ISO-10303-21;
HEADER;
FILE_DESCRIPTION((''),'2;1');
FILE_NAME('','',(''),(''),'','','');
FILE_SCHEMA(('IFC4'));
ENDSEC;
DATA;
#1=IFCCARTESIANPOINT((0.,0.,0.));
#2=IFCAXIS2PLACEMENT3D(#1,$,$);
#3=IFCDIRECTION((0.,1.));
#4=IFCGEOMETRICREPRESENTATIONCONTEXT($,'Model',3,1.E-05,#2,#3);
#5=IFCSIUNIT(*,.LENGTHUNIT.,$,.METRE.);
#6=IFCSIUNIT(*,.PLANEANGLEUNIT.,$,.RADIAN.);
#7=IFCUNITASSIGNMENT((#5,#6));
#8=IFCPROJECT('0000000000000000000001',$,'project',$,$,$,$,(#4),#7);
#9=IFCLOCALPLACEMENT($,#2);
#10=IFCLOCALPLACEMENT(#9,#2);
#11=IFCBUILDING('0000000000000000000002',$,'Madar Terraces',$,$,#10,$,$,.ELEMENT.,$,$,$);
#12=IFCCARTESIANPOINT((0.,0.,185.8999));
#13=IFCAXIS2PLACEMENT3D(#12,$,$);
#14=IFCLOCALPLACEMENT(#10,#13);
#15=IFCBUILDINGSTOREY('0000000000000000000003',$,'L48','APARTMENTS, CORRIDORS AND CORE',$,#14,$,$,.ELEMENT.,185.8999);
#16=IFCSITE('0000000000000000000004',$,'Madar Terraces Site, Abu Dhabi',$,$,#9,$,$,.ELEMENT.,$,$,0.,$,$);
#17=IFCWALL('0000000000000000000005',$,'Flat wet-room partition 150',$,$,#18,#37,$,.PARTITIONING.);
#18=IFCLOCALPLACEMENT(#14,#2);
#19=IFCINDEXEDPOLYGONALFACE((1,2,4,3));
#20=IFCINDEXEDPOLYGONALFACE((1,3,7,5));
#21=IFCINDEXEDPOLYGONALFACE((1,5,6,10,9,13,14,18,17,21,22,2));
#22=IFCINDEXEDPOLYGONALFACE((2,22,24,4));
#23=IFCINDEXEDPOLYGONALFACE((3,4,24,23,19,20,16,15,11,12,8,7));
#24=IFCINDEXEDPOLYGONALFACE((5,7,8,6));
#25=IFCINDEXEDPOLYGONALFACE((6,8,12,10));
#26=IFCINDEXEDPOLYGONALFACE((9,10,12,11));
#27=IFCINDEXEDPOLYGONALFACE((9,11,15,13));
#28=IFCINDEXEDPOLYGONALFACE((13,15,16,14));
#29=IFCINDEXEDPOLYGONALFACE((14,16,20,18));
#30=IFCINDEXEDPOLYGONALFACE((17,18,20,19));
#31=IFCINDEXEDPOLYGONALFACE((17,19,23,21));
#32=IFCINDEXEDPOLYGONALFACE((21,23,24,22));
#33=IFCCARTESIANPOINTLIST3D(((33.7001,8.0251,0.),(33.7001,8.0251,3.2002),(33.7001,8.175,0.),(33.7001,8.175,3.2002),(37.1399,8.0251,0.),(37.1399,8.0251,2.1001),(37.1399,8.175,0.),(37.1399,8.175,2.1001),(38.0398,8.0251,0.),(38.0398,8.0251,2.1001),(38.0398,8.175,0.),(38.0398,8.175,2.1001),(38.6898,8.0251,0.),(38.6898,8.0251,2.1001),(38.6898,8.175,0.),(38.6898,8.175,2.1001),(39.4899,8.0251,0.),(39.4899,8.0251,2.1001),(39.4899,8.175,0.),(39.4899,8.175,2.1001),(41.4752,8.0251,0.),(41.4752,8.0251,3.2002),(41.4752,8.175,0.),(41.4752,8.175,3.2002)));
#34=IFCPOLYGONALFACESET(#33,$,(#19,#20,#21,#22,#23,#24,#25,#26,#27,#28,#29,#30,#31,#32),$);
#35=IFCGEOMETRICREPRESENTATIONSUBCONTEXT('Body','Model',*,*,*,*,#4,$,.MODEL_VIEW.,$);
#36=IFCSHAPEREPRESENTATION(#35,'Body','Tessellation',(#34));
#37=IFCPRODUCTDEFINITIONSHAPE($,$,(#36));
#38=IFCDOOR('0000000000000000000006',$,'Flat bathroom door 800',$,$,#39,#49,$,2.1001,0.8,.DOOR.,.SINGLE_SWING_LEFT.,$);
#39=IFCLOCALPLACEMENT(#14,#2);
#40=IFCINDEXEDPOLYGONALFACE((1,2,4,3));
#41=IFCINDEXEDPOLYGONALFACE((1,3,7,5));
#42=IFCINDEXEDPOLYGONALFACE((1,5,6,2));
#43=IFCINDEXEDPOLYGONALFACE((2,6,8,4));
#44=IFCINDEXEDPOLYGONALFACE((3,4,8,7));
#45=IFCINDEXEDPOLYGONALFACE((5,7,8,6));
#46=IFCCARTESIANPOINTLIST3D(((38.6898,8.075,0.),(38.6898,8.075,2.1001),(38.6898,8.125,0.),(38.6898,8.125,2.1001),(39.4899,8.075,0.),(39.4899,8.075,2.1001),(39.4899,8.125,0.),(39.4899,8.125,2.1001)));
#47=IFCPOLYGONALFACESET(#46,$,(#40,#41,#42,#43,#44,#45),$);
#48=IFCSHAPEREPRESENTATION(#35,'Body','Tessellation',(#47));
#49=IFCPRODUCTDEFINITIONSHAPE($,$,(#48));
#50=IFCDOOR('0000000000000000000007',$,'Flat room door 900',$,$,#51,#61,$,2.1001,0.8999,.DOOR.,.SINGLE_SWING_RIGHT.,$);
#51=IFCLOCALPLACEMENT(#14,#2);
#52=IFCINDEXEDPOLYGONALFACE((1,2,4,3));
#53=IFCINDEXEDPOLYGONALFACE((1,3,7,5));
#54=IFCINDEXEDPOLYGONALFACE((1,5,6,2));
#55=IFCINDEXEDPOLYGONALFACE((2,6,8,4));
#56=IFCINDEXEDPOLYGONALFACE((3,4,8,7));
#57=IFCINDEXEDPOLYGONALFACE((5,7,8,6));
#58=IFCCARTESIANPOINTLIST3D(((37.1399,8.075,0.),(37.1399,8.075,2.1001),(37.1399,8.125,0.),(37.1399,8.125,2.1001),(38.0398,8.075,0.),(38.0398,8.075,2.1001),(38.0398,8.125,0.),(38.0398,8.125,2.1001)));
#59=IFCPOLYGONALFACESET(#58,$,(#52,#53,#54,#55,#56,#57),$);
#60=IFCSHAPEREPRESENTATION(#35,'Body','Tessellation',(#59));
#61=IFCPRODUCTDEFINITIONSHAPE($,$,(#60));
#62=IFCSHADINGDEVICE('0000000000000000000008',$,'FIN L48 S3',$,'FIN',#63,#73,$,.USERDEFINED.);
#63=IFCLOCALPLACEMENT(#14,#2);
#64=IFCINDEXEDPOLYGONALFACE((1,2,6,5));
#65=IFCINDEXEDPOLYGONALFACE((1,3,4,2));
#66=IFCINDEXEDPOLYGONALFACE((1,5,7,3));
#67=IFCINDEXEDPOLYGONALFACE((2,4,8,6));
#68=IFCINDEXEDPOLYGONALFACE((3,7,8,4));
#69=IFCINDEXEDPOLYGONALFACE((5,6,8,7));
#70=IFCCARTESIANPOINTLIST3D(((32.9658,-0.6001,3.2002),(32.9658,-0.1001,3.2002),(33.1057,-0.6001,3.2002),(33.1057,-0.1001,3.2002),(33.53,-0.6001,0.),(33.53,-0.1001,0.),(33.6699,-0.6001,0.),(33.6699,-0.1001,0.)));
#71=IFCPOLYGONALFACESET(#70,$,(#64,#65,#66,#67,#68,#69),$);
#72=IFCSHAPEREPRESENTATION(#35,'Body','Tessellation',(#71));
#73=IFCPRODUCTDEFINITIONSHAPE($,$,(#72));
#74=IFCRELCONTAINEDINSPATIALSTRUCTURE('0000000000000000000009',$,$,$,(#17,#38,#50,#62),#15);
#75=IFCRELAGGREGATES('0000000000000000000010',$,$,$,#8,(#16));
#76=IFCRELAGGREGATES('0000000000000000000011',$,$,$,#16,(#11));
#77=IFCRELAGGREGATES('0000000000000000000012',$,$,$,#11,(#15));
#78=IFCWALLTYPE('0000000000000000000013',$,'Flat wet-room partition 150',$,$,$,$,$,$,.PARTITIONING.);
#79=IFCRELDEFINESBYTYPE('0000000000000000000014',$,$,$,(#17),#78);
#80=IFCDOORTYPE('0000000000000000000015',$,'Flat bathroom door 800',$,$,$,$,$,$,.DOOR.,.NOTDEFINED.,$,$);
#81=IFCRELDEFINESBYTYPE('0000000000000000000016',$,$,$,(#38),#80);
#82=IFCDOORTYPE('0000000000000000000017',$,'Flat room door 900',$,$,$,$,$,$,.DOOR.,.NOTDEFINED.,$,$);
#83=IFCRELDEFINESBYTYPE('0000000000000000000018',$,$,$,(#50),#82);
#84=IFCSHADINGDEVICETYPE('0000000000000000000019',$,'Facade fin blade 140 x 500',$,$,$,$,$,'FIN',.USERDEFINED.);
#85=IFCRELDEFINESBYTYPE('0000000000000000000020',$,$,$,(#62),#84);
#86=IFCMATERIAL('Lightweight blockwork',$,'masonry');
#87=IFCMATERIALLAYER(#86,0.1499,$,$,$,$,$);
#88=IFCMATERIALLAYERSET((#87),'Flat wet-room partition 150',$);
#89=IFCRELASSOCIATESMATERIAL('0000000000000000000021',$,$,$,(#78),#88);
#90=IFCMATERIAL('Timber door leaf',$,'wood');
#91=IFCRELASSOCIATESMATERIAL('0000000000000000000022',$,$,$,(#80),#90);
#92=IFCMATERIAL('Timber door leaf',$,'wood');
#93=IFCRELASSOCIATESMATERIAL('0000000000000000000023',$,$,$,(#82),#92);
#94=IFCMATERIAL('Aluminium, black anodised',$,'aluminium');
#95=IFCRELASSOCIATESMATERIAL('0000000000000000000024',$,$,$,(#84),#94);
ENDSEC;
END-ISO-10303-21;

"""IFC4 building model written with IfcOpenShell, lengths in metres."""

from ifc_helpers import new_model, si_unit, direction, frame, frame_2d, origin, place, context, subcontext, project, spatial, polyline, rectangle, outline, extrude, material, layer, layer_set, type_object, element, fill, save


model = new_model("IFC4")

# Units and contexts
model_context = context("Model", 3, precision=1e-05, world=origin(), true_north=direction((0.0, 1.0)))
body_context = subcontext(model_context, "Body", "Model", "MODEL_VIEW")
ifc_project = project(units=[si_unit("LENGTHUNIT", "METRE"), si_unit("PLANEANGLEUNIT", "RADIAN")], contexts=[model_context])

# Site, building, storey
site_placement = place(None, origin())
site = spatial("IfcSite", under=ifc_project, at=site_placement, Name="Madar Terraces Site, Abu Dhabi", CompositionType="ELEMENT", RefElevation=0.0)
building_placement = place(site_placement, origin())
building = spatial("IfcBuilding", under=site, at=building_placement, Name="Madar Terraces", CompositionType="ELEMENT")
storey_placement = place(building_placement, frame((0.0, 0.0, 185.8999)))
storey = spatial("IfcBuildingStorey", under=building, at=storey_placement, Name="L48", Description="APARTMENTS, CORRIDORS AND CORE", CompositionType="ELEMENT", Elevation=185.8999)

# Shared definitions
ifc_material_1 = material(Name="Lightweight blockwork", Category="masonry")
ifc_layer_1 = layer(ifc_material_1, 0.1499)
ifc_layer_set_1 = layer_set([ifc_layer_1], Name="Flat wet-room partition 150")
wall_type_1 = type_object("IfcWallType", Name="Flat wet-room partition 150", PredefinedType="PARTITIONING", material=ifc_layer_set_1)

# Wall, openings, doors
wall_1_placement = place(storey_placement, frame((33.7, 8.1001, 0.0), z_axis=(0.0, 0.0, 1.0), x_axis=(1.0, 0.0, 0.0)))
wall_1 = element("IfcWall", 1, at=wall_1_placement, inside=storey, type_object=wall_type_1, Name="Flat wet-room partition 150", PredefinedType="PARTITIONING", context=body_context, shape_type="SweptSolid", body=[
    extrude(rectangle(XDim=7.7751, YDim=0.1499, at=frame_2d((3.8877, 0.0))), origin(), (0.0, 0.0, 1.0), 3.2002),
])
opening_1_placement = place(wall_1_placement, frame((4.99, 0.0, 0.0)))
opening_1 = element("IfcOpeningElement", 2, at=opening_1_placement, cuts=wall_1, PredefinedType="OPENING", context=body_context, shape_type="SweptSolid", body=[
    extrude(rectangle(XDim=0.8, YDim=2.1001, at=frame_2d((0.3999, 1.05))), frame((0.0, 0.085, 0.0), z_axis=(0.0, -1.0, 0.0), x_axis=(1.0, 0.0, 0.0)), (0.0, 0.0, 1.0), 0.1699),
])
opening_2_placement = place(wall_1_placement, frame((3.4399, 0.0, 0.0)))
opening_2 = element("IfcOpeningElement", 3, at=opening_2_placement, cuts=wall_1, PredefinedType="OPENING", context=body_context, shape_type="SweptSolid", body=[
    extrude(rectangle(XDim=0.8999, YDim=2.1001, at=frame_2d((0.45, 1.05))), frame((0.0, 0.085, 0.0), z_axis=(0.0, -1.0, 0.0), x_axis=(1.0, 0.0, 0.0)), (0.0, 0.0, 1.0), 0.1699),
])
ifc_material_2 = material(Name="Timber door leaf", Category="wood")
door_type_1 = type_object("IfcDoorType", Name="Flat bathroom door 800", OperationType="NOTDEFINED", PredefinedType="DOOR", material=ifc_material_2)
door_1_placement = place(opening_1_placement, origin())
door_1 = element("IfcDoor", 4, at=door_1_placement, inside=storey, type_object=door_type_1, Name="Flat bathroom door 800", OperationType="SINGLE_SWING_LEFT", OverallHeight=2.1001, OverallWidth=0.8, PredefinedType="DOOR", context=body_context, shape_type="SweptSolid", body=[
    extrude(rectangle(XDim=0.8, YDim=2.1001, at=frame_2d((0.3999, 1.05))), frame((0.0, 0.0249, 0.0), z_axis=(0.0, -1.0, 0.0), x_axis=(1.0, 0.0, 0.0)), (0.0, 0.0, 1.0), 0.05),
])
fill(opening_1, door_1)
ifc_material_3 = material(Name="Timber door leaf", Category="wood")
door_type_2 = type_object("IfcDoorType", Name="Flat room door 900", OperationType="NOTDEFINED", PredefinedType="DOOR", material=ifc_material_3)
door_2_placement = place(opening_2_placement, origin())
door_2 = element("IfcDoor", 5, at=door_2_placement, inside=storey, type_object=door_type_2, Name="Flat room door 900", OperationType="SINGLE_SWING_RIGHT", OverallHeight=2.1001, OverallWidth=0.8999, PredefinedType="DOOR", context=body_context, shape_type="SweptSolid", body=[
    extrude(rectangle(XDim=0.8999, YDim=2.1001, at=frame_2d((0.45, 1.05))), frame((0.0, 0.0249, 0.0), z_axis=(0.0, -1.0, 0.0), x_axis=(1.0, 0.0, 0.0)), (0.0, 0.0, 1.0), 0.05),
])
fill(opening_2, door_2)

# Shading device
ifc_material_4 = material(Name="Aluminium, black anodised", Category="aluminium")
shading_device_type = type_object("IfcShadingDeviceType", Name="Facade fin blade 140 x 500", ElementType="FIN", PredefinedType="USERDEFINED", material=ifc_material_4)
shading_device_placement = place(storey_placement, frame((33.53, -0.3501, 0.0), z_axis=(0.0, 0.0, 1.0), x_axis=(1.0, 0.0, 0.0)))
element("IfcShadingDevice", 6, at=shading_device_placement, inside=storey, type_object=shading_device_type, Name="FIN L48 S3", ObjectType="FIN", PredefinedType="USERDEFINED", context=body_context, shape_type="SweptSolid", body=[
    extrude(outline(polyline([(0.0, 0.0), (0.1399, 0.0), (-0.4243, 3.2002), (-0.5642, 3.2002), (0.0, 0.0)])), frame((0.0, 0.25, 0.0), z_axis=(0.0, -1.0, 0.0), x_axis=(1.0, 0.0, 0.0)), (0.0, 0.0, 1.0), 0.5),
])

save(model, "model.ifc")
